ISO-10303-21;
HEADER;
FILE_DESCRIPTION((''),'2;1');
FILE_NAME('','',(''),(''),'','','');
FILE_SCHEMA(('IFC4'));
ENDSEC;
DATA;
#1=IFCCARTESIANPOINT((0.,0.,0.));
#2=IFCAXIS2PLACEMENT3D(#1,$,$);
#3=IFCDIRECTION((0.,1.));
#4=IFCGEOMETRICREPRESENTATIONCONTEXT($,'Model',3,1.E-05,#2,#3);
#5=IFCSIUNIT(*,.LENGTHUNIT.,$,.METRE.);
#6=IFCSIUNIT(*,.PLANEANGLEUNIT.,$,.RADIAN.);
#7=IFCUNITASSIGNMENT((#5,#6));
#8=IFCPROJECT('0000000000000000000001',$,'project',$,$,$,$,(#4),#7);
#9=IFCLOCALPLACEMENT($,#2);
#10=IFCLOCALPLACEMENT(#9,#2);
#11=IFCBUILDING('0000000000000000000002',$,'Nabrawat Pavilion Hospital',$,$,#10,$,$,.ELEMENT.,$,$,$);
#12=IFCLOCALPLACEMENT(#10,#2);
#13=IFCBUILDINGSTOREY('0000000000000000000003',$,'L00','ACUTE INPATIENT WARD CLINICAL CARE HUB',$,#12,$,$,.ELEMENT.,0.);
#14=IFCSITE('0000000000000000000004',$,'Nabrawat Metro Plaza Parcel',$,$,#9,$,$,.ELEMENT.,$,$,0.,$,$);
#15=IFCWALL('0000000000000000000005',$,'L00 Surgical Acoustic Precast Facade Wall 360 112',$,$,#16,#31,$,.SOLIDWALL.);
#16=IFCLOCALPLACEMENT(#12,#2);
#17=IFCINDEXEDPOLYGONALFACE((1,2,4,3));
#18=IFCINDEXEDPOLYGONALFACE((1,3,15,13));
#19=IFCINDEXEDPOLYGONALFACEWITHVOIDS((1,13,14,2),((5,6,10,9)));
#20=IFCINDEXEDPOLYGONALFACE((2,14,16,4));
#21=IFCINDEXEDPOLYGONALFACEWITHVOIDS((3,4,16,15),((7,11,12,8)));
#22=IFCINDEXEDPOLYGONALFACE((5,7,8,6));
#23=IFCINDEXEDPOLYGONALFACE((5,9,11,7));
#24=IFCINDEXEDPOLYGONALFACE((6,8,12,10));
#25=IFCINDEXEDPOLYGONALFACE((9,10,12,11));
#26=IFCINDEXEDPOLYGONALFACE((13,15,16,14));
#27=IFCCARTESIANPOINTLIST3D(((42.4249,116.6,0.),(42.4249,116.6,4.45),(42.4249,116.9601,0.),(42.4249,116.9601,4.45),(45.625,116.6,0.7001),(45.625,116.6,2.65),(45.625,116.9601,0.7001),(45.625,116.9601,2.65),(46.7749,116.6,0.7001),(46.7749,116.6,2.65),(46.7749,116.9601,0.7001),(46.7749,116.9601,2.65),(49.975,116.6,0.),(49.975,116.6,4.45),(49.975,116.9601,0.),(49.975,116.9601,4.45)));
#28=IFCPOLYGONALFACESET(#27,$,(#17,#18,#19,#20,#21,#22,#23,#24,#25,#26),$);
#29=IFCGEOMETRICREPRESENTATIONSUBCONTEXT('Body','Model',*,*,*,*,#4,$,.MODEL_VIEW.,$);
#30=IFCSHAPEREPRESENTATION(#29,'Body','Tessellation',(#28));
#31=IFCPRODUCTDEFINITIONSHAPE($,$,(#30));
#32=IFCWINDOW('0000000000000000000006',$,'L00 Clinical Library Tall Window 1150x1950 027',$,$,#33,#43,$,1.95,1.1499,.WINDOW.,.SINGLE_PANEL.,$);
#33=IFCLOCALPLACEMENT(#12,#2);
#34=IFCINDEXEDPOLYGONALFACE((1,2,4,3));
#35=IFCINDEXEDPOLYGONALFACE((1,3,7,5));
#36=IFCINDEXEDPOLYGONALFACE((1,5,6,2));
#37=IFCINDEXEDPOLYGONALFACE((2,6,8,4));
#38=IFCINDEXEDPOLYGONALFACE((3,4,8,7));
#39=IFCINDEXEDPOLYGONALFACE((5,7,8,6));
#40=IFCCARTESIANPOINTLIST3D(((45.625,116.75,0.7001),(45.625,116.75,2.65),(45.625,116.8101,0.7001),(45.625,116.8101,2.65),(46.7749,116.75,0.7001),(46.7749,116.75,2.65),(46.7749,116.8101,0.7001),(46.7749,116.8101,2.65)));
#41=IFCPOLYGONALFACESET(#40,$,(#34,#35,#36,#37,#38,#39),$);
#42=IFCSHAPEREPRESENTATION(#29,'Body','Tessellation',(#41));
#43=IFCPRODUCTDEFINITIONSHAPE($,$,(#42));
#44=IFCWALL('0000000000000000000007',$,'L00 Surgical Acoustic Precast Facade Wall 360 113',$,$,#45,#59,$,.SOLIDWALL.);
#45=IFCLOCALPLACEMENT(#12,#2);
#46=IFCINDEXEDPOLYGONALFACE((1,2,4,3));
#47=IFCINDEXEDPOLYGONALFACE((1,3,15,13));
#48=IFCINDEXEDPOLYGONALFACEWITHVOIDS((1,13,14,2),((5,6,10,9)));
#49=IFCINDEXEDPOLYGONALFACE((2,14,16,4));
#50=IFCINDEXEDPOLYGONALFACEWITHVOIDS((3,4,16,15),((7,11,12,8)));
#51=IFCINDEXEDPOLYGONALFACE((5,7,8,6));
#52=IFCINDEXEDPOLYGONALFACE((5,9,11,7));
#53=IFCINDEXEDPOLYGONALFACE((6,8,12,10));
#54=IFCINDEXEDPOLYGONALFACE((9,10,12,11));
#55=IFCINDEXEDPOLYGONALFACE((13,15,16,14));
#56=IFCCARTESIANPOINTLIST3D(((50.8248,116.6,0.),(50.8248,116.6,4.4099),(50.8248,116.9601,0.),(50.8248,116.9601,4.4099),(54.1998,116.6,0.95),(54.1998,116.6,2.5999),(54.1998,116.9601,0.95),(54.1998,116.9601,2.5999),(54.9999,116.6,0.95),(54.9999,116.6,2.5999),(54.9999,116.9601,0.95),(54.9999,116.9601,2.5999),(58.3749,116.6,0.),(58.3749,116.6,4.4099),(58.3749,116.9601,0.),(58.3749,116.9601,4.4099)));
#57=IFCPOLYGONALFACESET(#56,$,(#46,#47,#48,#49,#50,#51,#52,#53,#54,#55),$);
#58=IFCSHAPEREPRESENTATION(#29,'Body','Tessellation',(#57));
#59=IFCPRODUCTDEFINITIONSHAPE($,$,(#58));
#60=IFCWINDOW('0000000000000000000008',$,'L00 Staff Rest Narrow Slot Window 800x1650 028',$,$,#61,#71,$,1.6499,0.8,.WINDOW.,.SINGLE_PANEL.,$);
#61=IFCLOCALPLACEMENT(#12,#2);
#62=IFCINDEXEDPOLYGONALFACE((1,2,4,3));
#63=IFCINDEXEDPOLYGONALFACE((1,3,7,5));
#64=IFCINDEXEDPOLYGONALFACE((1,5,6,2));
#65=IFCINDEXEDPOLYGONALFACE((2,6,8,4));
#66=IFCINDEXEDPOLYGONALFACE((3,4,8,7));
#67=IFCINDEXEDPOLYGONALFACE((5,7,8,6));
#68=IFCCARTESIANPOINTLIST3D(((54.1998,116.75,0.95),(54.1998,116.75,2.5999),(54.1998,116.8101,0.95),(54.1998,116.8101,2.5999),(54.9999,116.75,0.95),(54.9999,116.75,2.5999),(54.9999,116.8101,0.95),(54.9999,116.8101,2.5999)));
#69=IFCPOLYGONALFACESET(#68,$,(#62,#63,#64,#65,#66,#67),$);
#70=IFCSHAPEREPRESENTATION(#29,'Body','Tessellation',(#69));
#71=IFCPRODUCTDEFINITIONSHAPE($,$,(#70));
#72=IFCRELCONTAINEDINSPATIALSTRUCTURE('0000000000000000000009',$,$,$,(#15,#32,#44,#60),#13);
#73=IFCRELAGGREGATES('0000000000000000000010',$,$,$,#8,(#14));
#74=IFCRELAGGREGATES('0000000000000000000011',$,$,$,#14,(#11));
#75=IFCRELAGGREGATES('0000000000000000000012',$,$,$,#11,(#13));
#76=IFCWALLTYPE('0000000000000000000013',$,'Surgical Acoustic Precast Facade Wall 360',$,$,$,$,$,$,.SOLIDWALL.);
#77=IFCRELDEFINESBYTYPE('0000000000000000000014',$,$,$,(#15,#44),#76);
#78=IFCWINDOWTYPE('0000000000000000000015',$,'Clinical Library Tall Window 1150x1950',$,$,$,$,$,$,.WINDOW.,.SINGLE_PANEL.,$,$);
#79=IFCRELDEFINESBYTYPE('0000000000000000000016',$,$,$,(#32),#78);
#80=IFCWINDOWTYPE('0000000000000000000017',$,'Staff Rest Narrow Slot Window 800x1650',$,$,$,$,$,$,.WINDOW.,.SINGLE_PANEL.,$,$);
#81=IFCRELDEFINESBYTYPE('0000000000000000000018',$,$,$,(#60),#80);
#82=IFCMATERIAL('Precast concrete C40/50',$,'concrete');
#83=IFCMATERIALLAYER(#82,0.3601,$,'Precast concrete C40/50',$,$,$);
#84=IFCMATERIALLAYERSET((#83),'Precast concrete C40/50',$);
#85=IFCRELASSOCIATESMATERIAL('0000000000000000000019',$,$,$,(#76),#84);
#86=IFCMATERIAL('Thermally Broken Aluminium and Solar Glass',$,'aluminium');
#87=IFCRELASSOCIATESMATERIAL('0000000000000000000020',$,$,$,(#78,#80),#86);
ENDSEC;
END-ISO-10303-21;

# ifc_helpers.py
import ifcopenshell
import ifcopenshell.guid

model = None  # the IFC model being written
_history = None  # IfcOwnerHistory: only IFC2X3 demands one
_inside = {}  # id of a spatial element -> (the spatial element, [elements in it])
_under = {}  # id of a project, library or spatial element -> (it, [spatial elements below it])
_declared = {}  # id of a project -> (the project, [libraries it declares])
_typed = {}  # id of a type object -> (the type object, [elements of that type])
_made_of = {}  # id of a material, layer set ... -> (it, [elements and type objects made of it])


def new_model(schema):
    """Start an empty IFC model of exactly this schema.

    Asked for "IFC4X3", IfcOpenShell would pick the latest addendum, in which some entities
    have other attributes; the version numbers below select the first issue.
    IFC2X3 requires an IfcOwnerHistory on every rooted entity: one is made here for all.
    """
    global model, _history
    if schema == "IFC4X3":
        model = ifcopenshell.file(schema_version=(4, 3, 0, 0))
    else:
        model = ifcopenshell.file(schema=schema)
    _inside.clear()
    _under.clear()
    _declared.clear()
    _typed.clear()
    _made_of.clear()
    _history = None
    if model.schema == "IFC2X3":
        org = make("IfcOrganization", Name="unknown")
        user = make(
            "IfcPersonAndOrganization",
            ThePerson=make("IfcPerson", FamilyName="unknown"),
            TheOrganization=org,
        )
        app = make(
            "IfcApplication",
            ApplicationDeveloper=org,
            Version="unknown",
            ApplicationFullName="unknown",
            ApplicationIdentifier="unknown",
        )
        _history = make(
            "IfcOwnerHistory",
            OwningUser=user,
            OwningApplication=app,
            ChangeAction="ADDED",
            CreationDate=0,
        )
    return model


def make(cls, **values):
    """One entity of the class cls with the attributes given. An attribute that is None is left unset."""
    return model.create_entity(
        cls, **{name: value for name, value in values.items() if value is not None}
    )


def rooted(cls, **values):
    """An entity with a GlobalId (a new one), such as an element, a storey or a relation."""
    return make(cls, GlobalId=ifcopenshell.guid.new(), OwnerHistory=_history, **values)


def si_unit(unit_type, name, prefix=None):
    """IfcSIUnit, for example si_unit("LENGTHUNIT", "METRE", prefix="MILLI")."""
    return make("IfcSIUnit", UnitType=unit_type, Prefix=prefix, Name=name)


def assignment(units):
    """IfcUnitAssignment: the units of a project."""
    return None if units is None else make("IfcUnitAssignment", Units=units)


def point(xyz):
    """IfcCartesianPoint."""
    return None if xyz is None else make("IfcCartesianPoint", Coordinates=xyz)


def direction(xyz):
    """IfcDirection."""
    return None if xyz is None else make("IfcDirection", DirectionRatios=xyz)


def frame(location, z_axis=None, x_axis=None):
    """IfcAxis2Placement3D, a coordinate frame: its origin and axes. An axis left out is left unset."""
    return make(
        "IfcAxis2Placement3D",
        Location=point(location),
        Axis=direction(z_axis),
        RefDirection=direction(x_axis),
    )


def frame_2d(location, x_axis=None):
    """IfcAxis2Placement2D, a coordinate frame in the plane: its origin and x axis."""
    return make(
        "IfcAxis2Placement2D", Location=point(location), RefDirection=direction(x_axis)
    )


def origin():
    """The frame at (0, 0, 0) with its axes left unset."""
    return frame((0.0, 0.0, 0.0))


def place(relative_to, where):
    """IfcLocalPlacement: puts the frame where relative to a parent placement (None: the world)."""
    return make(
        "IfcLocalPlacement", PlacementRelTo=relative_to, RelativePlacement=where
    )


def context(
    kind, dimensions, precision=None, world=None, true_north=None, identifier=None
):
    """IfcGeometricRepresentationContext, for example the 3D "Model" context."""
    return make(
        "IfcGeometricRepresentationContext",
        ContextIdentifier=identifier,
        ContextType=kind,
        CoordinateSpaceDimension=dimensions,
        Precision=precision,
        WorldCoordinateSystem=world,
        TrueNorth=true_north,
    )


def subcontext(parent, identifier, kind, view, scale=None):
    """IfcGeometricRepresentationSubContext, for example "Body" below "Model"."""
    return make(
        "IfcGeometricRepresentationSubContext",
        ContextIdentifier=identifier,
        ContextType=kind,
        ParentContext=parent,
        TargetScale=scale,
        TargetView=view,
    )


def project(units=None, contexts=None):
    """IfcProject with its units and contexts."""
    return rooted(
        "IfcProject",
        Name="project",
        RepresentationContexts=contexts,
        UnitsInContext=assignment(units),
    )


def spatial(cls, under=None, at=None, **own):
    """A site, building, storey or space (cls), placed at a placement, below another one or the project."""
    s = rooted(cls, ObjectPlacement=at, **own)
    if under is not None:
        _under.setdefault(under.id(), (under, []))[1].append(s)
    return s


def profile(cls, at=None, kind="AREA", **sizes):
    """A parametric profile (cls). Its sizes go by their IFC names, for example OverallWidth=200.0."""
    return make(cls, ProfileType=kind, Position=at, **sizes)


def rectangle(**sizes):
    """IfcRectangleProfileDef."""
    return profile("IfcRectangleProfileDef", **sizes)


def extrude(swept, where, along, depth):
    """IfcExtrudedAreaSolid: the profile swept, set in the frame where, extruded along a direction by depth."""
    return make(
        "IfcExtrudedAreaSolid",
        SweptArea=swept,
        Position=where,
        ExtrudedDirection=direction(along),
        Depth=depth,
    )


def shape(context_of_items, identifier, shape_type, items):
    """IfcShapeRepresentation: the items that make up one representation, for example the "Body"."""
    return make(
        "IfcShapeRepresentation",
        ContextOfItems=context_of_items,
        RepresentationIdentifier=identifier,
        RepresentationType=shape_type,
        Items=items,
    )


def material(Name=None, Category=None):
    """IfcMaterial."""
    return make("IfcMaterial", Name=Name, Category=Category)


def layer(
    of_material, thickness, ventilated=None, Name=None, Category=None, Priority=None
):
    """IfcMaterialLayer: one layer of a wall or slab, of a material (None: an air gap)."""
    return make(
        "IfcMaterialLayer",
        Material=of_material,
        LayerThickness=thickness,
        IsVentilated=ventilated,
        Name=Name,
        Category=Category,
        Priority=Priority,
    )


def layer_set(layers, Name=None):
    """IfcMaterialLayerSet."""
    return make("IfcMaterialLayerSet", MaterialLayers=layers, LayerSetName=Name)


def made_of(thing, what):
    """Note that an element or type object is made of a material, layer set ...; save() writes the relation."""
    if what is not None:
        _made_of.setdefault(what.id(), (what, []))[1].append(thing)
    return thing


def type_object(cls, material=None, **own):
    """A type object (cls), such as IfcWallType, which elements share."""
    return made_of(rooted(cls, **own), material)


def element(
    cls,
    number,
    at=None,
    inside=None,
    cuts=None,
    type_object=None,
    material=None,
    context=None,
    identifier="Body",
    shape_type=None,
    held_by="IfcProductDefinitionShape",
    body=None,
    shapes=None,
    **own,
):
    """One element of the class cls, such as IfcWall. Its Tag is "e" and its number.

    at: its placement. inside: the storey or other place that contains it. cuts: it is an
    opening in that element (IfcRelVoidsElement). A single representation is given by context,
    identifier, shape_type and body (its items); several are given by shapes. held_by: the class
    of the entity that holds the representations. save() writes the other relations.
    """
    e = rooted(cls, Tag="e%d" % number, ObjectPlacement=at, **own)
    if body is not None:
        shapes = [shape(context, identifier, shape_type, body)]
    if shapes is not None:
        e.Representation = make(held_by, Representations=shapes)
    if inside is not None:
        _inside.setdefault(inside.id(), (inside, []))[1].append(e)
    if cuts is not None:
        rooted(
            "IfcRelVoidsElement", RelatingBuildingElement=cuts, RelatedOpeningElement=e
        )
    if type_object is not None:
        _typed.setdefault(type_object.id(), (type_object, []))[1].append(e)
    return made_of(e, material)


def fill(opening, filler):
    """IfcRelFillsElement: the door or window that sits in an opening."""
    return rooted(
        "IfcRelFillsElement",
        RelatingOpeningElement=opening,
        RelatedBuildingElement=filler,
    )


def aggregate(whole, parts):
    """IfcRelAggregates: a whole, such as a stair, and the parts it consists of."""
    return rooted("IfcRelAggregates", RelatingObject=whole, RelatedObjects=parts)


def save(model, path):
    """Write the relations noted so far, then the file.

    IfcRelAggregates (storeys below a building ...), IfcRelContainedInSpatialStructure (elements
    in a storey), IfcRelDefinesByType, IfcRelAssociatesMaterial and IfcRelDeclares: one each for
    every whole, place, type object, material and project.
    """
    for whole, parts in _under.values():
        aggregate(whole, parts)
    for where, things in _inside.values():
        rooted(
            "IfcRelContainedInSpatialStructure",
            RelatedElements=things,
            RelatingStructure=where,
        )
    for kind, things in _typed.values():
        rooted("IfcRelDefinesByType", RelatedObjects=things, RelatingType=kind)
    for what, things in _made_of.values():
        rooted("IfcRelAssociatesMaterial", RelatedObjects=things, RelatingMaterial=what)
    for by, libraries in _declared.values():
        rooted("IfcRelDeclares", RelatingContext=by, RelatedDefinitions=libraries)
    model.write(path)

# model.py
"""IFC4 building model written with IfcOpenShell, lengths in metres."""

from ifc_helpers import new_model, si_unit, direction, frame, frame_2d, origin, place, context, subcontext, project, spatial, rectangle, extrude, material, layer, layer_set, type_object, element, fill, save


model = new_model("IFC4")

# Units and contexts
model_context = context("Model", 3, precision=1e-05, world=origin(), true_north=direction((0.0, 1.0)))
body_context = subcontext(model_context, "Body", "Model", "MODEL_VIEW")
ifc_project = project(units=[si_unit("LENGTHUNIT", "METRE"), si_unit("PLANEANGLEUNIT", "RADIAN")], contexts=[model_context])

# Site, building, storey
site_placement = place(None, origin())
site = spatial("IfcSite", under=ifc_project, at=site_placement, Name="Nabrawat Metro Plaza Parcel", CompositionType="ELEMENT", RefElevation=0.0)
building_placement = place(site_placement, origin())
building = spatial("IfcBuilding", under=site, at=building_placement, Name="Nabrawat Pavilion Hospital", CompositionType="ELEMENT")
storey_placement = place(building_placement, origin())
storey = spatial("IfcBuildingStorey", under=building, at=storey_placement, Name="L00", Description="ACUTE INPATIENT WARD CLINICAL CARE HUB", CompositionType="ELEMENT", Elevation=0.0)

# Walls, openings, windows
ifc_material_1 = material(Name="Precast concrete C40/50", Category="concrete")
ifc_layer_1 = layer(ifc_material_1, 0.3601, Name="Precast concrete C40/50")
ifc_layer_set_1 = layer_set([ifc_layer_1], Name="Precast concrete C40/50")
wall_type_1 = type_object("IfcWallType", Name="Surgical Acoustic Precast Facade Wall 360", PredefinedType="SOLIDWALL", material=ifc_layer_set_1)
ifc_material_2 = material(Name="Thermally Broken Aluminium and Solar Glass", Category="aluminium")
wall_1_placement = place(storey_placement, frame((42.425, 116.78, 0.0), z_axis=(0.0, 0.0, 1.0), x_axis=(1.0, 0.0, 0.0)))
wall_1 = element("IfcWall", 1, at=wall_1_placement, inside=storey, type_object=wall_type_1, Name="L00 Surgical Acoustic Precast Facade Wall 360 112", PredefinedType="SOLIDWALL", context=body_context, shape_type="SweptSolid", body=[
    extrude(rectangle(XDim=7.55, YDim=0.3601, at=frame_2d((3.7749, 0.0))), origin(), (0.0, 0.0, 1.0), 4.45),
])
opening_1_placement = place(wall_1_placement, frame((3.2, 0.0, 0.7)))
opening_1 = element("IfcOpeningElement", 2, at=opening_1_placement, cuts=wall_1, PredefinedType="OPENING", context=body_context, shape_type="SweptSolid", body=[
    extrude(rectangle(XDim=1.1499, YDim=1.95, at=frame_2d((0.575, 0.9751))), frame((0.0, 0.1899, 0.0), z_axis=(0.0, -1.0, 0.0), x_axis=(1.0, 0.0, 0.0)), (0.0, 0.0, 1.0), 0.3801),
])
window_type_1 = type_object("IfcWindowType", Name="Clinical Library Tall Window 1150x1950", PartitioningType="SINGLE_PANEL", PredefinedType="WINDOW", material=ifc_material_2)
window_1_placement = place(opening_1_placement, origin())
window_1 = element("IfcWindow", 3, at=window_1_placement, inside=storey, type_object=window_type_1, Name="L00 Clinical Library Tall Window 1150x1950 027", OverallHeight=1.95, OverallWidth=1.1499, PartitioningType="SINGLE_PANEL", PredefinedType="WINDOW", context=body_context, shape_type="SweptSolid", body=[
    extrude(rectangle(XDim=1.1499, YDim=1.95, at=frame_2d((0.575, 0.9751))), frame((0.0, 0.03, 0.0), z_axis=(0.0, -1.0, 0.0), x_axis=(1.0, 0.0, 0.0)), (0.0, 0.0, 1.0), 0.0601),
])
fill(opening_1, window_1)
wall_2_placement = place(storey_placement, frame((50.825, 116.78, 0.0), z_axis=(0.0, 0.0, 1.0), x_axis=(1.0, 0.0, 0.0)))
wall_2 = element("IfcWall", 4, at=wall_2_placement, inside=storey, type_object=wall_type_1, Name="L00 Surgical Acoustic Precast Facade Wall 360 113", PredefinedType="SOLIDWALL", context=body_context, shape_type="SweptSolid", body=[
    extrude(rectangle(XDim=7.55, YDim=0.3601, at=frame_2d((3.7749, 0.0))), origin(), (0.0, 0.0, 1.0), 4.4099),
])
opening_2_placement = place(wall_2_placement, frame((3.375, 0.0, 0.95)))
opening_2 = element("IfcOpeningElement", 5, at=opening_2_placement, cuts=wall_2, PredefinedType="OPENING", context=body_context, shape_type="SweptSolid", body=[
    extrude(rectangle(XDim=0.8, YDim=1.6499, at=frame_2d((0.3999, 0.825))), frame((0.0, 0.1899, 0.0), z_axis=(0.0, -1.0, 0.0), x_axis=(1.0, 0.0, 0.0)), (0.0, 0.0, 1.0), 0.3801),
])
window_type_2 = type_object("IfcWindowType", Name="Staff Rest Narrow Slot Window 800x1650", PartitioningType="SINGLE_PANEL", PredefinedType="WINDOW", material=ifc_material_2)
window_2_placement = place(opening_2_placement, origin())
window_2 = element("IfcWindow", 6, at=window_2_placement, inside=storey, type_object=window_type_2, Name="L00 Staff Rest Narrow Slot Window 800x1650 028", OverallHeight=1.6499, OverallWidth=0.8, PartitioningType="SINGLE_PANEL", PredefinedType="WINDOW", context=body_context, shape_type="SweptSolid", body=[
    extrude(rectangle(XDim=0.8, YDim=1.6499, at=frame_2d((0.3999, 0.825))), frame((0.0, 0.03, 0.0), z_axis=(0.0, -1.0, 0.0), x_axis=(1.0, 0.0, 0.0)), (0.0, 0.0, 1.0), 0.0601),
])
fill(opening_2, window_2)

save(model, "model.ifc")
